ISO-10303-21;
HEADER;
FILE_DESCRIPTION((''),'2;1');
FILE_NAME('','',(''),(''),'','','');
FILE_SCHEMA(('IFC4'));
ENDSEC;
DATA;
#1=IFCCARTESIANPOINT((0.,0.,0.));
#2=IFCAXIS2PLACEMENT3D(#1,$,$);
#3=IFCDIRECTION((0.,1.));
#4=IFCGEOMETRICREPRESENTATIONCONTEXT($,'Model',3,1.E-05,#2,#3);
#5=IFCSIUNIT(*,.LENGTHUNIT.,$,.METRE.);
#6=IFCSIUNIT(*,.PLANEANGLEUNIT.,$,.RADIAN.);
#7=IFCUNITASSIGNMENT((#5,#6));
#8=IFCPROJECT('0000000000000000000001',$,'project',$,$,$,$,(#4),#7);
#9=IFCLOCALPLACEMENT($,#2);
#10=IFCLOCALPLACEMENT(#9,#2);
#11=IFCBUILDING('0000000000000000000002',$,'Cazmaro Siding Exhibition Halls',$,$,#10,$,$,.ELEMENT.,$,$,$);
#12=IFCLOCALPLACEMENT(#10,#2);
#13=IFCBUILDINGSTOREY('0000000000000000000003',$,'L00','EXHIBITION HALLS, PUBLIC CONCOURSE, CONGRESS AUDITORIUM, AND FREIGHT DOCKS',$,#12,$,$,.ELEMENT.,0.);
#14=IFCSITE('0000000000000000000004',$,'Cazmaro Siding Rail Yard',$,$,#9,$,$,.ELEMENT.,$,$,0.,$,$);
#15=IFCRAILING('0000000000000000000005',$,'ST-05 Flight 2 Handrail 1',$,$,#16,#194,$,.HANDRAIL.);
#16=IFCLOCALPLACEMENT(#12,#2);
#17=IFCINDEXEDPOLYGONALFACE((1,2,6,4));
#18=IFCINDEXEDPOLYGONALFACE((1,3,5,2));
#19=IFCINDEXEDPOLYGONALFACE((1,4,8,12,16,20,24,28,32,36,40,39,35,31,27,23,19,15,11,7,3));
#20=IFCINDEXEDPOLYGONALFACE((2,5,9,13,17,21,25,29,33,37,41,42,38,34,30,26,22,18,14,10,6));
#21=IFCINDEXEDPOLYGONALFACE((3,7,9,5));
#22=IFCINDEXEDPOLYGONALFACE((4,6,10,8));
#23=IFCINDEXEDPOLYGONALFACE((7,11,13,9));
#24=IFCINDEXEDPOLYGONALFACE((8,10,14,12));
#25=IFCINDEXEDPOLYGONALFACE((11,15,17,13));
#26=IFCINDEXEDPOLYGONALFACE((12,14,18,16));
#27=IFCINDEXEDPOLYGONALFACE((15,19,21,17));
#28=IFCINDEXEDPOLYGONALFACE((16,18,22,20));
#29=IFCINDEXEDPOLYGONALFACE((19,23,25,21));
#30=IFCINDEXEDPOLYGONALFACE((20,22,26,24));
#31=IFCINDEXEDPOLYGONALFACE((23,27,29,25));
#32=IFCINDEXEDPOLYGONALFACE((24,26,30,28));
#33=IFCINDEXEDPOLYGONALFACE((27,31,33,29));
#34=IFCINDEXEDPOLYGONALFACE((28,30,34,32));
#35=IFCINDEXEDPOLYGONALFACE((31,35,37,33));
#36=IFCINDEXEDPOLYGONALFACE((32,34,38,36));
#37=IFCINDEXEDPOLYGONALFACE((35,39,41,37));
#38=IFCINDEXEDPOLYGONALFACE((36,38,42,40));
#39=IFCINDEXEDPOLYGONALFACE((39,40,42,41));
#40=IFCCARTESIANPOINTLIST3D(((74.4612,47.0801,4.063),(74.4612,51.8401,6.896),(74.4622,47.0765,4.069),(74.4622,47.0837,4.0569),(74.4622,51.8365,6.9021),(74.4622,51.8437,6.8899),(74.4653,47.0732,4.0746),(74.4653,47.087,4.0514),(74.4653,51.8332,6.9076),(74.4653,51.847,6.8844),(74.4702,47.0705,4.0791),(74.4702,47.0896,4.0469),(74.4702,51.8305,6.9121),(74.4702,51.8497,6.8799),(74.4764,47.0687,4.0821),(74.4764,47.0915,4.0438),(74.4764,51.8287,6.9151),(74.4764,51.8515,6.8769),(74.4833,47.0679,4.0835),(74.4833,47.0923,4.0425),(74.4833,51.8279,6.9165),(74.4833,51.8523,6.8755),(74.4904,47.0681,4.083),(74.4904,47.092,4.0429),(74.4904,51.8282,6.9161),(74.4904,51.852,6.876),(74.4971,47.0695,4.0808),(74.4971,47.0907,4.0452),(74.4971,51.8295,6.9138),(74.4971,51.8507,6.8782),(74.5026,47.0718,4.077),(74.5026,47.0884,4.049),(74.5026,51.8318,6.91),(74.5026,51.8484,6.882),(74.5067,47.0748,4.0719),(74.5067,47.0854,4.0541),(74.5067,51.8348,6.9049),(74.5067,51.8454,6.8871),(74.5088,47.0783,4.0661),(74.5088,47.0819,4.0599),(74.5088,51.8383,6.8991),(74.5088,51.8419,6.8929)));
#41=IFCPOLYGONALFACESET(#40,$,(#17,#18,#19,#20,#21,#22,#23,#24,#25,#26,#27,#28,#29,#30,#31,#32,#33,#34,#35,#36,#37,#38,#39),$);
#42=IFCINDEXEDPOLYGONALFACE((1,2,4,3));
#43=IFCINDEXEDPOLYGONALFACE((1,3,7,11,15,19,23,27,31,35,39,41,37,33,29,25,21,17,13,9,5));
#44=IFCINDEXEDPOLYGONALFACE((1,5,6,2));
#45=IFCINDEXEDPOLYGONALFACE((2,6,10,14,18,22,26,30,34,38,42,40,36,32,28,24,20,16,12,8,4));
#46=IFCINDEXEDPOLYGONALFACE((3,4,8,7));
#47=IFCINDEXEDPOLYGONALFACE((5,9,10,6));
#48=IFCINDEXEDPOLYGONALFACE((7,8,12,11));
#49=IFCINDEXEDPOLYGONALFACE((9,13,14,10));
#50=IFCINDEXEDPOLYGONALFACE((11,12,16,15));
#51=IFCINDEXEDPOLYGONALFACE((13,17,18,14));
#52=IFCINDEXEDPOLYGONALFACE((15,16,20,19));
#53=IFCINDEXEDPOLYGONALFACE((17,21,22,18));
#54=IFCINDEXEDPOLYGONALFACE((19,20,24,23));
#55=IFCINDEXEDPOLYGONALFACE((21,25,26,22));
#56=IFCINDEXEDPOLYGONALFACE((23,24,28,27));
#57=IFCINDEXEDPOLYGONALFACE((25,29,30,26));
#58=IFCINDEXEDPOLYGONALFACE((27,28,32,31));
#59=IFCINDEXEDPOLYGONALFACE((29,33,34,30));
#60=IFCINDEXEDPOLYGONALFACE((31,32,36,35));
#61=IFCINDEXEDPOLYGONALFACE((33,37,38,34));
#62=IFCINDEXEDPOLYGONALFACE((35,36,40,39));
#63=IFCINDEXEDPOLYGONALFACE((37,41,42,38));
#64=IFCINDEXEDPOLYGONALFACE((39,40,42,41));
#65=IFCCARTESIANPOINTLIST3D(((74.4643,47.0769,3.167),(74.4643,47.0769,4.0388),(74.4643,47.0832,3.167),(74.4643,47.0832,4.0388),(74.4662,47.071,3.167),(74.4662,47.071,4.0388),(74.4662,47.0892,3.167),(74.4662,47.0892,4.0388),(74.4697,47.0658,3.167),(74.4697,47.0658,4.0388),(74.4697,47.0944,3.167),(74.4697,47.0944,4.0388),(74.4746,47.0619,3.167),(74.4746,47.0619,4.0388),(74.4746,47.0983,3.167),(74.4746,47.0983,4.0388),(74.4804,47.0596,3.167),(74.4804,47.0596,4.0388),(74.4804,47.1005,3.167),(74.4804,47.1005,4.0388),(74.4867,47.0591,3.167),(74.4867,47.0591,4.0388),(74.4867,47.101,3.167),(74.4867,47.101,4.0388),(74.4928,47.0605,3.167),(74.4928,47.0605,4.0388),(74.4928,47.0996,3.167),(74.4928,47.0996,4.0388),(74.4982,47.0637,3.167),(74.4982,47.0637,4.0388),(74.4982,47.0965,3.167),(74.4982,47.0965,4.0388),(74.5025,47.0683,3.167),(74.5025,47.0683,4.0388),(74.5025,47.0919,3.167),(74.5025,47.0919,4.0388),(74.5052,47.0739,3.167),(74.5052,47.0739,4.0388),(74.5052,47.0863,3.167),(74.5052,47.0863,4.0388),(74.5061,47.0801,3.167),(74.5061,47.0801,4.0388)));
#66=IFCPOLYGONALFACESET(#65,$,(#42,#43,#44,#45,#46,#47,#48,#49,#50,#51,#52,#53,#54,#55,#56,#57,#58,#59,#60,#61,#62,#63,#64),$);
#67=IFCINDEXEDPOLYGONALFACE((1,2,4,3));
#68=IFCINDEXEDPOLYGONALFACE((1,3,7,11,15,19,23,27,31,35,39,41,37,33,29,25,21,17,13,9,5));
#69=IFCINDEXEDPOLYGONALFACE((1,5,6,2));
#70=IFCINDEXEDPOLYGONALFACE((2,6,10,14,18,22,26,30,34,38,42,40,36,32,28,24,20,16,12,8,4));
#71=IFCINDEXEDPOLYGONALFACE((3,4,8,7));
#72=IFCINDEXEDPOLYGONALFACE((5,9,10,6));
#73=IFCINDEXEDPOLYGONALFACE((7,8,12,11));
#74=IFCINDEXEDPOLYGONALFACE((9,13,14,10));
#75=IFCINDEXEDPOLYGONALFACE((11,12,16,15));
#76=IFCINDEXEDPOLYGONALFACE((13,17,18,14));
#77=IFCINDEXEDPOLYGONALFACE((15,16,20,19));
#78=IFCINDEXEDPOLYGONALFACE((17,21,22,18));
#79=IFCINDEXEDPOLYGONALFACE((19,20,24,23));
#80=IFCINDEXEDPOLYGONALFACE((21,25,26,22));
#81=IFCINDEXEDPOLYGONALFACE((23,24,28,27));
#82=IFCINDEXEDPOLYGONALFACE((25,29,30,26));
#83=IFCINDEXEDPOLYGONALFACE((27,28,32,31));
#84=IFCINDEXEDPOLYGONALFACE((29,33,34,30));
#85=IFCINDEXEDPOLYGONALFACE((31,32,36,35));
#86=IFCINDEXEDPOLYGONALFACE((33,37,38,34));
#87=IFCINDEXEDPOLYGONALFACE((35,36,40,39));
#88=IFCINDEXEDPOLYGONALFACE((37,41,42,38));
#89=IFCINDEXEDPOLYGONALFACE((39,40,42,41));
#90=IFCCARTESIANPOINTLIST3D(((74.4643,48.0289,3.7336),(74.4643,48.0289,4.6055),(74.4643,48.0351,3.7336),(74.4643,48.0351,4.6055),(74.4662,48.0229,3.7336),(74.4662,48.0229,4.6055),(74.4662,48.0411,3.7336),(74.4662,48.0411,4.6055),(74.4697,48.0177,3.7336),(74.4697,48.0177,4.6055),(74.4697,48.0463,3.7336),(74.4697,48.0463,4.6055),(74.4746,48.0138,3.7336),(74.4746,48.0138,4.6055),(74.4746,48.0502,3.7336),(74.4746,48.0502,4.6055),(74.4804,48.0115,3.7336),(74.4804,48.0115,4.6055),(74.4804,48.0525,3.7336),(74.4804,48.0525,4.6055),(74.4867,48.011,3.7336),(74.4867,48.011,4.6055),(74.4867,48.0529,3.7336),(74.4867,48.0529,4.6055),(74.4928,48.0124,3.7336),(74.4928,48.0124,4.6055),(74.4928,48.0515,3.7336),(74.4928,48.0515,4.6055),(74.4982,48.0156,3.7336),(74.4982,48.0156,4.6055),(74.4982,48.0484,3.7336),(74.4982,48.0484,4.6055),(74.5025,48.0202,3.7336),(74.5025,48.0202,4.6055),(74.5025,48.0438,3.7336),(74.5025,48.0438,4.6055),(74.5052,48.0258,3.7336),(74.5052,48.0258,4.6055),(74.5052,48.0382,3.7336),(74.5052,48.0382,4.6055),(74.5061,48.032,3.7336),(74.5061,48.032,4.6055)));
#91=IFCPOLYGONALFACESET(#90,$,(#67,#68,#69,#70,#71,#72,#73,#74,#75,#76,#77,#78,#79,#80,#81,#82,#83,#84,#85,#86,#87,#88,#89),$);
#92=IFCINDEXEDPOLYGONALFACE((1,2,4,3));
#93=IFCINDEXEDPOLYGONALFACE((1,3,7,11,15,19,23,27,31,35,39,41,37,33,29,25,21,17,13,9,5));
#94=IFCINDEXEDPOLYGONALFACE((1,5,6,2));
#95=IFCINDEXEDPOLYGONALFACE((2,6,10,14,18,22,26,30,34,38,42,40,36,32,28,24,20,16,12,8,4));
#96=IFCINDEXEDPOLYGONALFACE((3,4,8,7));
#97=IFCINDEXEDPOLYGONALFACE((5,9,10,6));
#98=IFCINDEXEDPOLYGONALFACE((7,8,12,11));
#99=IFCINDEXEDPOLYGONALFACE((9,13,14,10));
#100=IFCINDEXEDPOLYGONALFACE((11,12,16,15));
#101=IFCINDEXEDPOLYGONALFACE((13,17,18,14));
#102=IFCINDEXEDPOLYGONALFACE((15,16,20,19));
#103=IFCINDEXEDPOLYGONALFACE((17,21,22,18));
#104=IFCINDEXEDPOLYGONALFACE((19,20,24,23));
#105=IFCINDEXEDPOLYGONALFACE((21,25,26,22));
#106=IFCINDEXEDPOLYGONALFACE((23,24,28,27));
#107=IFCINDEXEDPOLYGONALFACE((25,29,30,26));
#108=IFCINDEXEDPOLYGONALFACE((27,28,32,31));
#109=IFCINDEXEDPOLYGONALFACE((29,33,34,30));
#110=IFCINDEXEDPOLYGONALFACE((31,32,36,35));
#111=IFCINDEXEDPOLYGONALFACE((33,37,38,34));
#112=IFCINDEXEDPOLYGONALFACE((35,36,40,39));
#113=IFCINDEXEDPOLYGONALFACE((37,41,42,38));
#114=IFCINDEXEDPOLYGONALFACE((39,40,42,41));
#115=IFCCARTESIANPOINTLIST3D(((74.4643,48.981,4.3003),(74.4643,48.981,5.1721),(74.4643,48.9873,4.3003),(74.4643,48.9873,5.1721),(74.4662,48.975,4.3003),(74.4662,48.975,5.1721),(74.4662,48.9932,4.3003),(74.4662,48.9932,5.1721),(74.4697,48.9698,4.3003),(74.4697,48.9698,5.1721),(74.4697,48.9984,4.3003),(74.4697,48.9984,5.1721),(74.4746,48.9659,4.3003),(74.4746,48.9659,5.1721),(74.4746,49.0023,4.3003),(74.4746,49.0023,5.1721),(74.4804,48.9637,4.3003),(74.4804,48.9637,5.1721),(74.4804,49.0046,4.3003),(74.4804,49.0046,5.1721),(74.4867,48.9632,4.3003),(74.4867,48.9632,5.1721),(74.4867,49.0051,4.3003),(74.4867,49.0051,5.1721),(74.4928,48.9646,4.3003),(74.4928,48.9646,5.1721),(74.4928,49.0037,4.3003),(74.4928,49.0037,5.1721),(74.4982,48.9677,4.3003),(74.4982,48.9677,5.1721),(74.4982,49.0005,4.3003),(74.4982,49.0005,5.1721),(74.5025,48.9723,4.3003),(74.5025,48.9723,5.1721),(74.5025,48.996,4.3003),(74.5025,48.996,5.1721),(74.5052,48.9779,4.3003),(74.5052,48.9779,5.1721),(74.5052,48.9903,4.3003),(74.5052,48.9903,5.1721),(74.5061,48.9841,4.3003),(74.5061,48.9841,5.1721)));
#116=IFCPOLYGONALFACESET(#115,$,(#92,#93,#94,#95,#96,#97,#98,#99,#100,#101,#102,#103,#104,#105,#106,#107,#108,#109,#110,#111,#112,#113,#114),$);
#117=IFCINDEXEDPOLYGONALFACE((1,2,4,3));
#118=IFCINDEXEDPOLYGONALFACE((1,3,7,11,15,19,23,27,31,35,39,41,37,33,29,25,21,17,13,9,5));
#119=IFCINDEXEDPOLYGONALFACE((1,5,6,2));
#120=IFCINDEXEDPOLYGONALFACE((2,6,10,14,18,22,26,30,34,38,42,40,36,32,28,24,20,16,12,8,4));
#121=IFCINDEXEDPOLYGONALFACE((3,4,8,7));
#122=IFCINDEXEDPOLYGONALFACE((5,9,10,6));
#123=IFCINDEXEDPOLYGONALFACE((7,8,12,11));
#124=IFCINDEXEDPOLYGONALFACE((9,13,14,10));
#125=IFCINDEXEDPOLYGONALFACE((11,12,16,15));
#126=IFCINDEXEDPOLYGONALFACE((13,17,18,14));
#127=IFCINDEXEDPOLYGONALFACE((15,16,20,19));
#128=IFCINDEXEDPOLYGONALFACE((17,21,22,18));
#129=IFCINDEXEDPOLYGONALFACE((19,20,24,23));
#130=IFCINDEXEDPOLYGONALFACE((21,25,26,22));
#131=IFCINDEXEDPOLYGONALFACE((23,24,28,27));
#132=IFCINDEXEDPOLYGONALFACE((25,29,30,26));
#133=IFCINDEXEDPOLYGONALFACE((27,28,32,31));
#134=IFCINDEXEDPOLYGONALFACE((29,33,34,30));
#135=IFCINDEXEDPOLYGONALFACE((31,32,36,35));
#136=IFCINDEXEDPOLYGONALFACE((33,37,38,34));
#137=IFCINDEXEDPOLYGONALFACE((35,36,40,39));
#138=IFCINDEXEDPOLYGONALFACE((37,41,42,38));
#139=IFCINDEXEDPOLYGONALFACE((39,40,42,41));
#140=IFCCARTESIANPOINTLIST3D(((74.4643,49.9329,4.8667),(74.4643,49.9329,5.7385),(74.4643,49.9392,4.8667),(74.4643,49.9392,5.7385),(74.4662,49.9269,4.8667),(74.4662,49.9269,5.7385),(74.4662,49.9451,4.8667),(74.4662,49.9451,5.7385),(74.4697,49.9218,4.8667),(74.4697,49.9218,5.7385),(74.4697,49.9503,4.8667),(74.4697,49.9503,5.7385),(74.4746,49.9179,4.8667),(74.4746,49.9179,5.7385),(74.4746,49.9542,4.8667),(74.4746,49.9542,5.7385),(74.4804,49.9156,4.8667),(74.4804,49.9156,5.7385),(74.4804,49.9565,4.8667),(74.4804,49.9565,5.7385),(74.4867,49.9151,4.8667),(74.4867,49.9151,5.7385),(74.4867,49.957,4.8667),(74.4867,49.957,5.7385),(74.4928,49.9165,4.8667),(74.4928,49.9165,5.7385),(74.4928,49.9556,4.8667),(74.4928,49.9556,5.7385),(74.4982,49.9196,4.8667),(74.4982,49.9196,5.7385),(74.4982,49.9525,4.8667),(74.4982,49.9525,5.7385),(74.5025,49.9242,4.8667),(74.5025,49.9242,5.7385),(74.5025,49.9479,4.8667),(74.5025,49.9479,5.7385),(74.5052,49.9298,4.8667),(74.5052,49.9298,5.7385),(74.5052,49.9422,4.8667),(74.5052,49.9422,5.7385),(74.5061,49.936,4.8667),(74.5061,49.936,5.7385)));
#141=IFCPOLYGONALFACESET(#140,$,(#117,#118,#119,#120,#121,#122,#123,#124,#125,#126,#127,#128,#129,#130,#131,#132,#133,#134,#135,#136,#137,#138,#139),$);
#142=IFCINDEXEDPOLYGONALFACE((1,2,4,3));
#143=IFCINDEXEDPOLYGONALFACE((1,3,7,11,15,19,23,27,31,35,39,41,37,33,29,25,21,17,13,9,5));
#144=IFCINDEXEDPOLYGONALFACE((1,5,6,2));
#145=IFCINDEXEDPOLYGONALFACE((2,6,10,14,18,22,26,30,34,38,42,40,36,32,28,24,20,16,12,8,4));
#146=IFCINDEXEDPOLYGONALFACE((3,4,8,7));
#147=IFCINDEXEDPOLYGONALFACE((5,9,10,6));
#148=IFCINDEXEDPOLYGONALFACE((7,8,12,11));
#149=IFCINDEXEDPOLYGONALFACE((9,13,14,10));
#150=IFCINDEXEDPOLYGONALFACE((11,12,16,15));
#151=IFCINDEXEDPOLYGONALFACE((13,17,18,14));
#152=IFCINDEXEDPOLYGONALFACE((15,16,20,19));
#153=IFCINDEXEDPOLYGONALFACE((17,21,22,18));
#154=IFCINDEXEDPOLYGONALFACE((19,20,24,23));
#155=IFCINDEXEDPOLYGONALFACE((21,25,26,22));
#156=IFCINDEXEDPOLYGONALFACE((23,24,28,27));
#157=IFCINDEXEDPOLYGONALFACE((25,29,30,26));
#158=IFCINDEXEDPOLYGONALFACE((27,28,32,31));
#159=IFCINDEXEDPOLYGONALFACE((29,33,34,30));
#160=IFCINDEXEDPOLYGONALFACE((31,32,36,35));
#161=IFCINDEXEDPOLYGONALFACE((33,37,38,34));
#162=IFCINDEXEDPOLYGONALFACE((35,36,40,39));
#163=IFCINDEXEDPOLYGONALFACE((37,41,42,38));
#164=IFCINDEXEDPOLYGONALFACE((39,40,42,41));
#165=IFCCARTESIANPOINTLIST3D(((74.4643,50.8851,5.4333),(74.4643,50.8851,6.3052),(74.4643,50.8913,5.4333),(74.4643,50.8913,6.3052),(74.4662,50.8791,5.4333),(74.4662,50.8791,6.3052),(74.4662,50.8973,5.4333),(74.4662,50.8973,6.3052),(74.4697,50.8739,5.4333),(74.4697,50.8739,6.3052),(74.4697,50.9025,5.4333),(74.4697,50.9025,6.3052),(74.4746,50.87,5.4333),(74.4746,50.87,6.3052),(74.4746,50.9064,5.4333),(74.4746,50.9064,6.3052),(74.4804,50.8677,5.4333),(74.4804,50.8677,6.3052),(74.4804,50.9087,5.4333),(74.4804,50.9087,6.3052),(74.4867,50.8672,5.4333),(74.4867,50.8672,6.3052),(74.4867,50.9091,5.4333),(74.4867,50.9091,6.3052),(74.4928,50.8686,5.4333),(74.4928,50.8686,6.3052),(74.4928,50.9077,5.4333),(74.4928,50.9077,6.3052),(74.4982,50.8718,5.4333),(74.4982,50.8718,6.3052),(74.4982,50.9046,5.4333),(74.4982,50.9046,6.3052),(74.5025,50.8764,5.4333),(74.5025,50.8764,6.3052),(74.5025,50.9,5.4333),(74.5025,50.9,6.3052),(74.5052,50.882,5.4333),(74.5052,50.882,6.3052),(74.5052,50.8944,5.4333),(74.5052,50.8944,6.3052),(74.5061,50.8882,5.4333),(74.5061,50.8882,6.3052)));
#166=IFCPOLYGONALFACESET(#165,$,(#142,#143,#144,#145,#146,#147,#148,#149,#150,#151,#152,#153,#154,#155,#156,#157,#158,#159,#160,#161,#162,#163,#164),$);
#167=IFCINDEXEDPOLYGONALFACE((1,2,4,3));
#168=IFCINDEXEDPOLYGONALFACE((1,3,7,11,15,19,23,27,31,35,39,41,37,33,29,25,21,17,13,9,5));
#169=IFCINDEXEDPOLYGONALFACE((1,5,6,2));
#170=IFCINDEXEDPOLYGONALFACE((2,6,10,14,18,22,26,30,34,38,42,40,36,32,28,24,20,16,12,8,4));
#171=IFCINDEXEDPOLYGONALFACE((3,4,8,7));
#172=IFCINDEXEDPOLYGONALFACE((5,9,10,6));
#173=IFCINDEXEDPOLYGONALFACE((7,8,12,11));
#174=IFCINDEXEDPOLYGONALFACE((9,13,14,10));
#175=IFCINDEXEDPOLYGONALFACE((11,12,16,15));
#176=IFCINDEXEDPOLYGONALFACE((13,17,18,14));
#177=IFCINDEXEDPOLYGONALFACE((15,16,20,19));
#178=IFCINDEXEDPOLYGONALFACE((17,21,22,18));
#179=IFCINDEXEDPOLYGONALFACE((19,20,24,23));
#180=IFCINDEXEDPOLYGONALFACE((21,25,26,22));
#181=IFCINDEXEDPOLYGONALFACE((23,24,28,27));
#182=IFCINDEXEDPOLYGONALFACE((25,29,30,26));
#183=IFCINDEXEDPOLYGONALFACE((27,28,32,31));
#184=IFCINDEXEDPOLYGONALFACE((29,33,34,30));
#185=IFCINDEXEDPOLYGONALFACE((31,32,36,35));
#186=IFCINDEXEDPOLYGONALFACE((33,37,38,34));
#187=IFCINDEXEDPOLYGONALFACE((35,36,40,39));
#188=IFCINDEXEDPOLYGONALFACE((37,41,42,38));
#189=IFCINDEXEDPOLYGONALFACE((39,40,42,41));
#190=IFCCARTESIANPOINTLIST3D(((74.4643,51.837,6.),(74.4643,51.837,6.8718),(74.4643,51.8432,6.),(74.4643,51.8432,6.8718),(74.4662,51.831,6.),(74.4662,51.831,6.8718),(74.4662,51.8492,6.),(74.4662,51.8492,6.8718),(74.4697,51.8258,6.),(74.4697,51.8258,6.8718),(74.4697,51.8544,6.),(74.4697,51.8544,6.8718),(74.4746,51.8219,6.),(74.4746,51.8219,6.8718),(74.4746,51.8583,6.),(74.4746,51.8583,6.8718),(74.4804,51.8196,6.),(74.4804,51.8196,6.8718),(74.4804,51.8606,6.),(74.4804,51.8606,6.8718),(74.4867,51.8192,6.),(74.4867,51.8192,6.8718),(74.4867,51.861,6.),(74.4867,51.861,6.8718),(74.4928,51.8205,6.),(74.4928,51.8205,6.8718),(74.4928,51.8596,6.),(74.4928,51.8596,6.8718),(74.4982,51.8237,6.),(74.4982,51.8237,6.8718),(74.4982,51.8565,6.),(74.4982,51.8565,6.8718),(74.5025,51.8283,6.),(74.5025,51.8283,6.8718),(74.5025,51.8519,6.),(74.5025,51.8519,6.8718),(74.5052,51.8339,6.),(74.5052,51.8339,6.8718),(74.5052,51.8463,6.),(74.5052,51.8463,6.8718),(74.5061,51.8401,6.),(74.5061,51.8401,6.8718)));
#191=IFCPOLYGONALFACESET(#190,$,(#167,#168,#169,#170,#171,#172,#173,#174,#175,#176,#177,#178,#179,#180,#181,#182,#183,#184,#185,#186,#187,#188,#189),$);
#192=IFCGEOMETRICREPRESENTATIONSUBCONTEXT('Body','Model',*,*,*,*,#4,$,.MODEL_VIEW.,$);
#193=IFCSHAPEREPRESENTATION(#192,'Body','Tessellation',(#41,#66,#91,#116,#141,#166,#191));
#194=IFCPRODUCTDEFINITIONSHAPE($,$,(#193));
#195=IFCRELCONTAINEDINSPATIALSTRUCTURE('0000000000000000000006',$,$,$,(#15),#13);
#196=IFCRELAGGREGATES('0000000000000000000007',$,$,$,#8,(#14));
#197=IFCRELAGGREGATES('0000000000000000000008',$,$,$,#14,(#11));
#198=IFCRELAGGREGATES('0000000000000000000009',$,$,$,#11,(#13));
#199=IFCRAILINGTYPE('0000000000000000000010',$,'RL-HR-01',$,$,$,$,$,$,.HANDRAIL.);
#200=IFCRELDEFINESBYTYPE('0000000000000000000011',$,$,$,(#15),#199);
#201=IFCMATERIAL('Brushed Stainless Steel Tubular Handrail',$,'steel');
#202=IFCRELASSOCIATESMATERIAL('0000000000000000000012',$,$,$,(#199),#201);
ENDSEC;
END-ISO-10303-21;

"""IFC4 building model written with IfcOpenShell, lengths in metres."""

from ifc_helpers import new_model, si_unit, direction, frame, origin, origin_2d, place, context, subcontext, project, spatial, circle, extrude, material, type_object, element, save


model = new_model("IFC4")

# Units and contexts
model_context = context("Model", 3, precision=1e-05, world=origin(), true_north=direction((0.0, 1.0)))
body_context = subcontext(model_context, "Body", "Model", "MODEL_VIEW")
ifc_project = project(units=[si_unit("LENGTHUNIT", "METRE"), si_unit("PLANEANGLEUNIT", "RADIAN")], contexts=[model_context])

# Site, building, storey
site_placement = place(None, origin())
site = spatial("IfcSite", under=ifc_project, at=site_placement, Name="Cazmaro Siding Rail Yard", CompositionType="ELEMENT", RefElevation=0.0)
building_placement = place(site_placement, origin())
building = spatial("IfcBuilding", under=site, at=building_placement, Name="Cazmaro Siding Exhibition Halls", CompositionType="ELEMENT")
storey_placement = place(building_placement, origin())
storey = spatial("IfcBuildingStorey", under=building, at=storey_placement, Name="L00", Description="EXHIBITION HALLS, PUBLIC CONCOURSE, CONGRESS AUDITORIUM, AND FREIGHT DOCKS", CompositionType="ELEMENT", Elevation=0.0)

# Railing
ifc_material_1 = material(Name="Brushed Stainless Steel Tubular Handrail", Category="steel")
railing_type_1 = type_object("IfcRailingType", Name="RL-HR-01", PredefinedType="HANDRAIL", material=ifc_material_1)
railing_1_placement = place(storey_placement, frame((74.4851, 47.0801, 3.167)))
element("IfcRailing", 1, at=railing_1_placement, inside=storey, type_object=railing_type_1, Name="ST-05 Flight 2 Handrail 1", PredefinedType="HANDRAIL", context=body_context, shape_type="SweptSolid", body=[
    extrude(circle(Radius=0.0239, at=origin_2d()), frame((0.0, 0.0, 0.896), z_axis=(0.0, 0.859319, 0.51144), x_axis=(-1.0, 0.0, 0.0)), (0.0, 0.0, 1.0), 5.5393),
    extrude(circle(Radius=0.021, at=origin_2d()), origin(), (0.0, 0.0, 1.0), 0.8718),
    extrude(circle(Radius=0.021, at=origin_2d()), frame((0.0, 0.9519, 0.5667)), (0.0, 0.0, 1.0), 0.8718),
    extrude(circle(Radius=0.021, at=origin_2d()), frame((0.0, 1.9041, 1.1333)), (0.0, 0.0, 1.0), 0.8718),
    extrude(circle(Radius=0.021, at=origin_2d()), frame((0.0, 2.856, 1.6997)), (0.0, 0.0, 1.0), 0.8718),
    extrude(circle(Radius=0.021, at=origin_2d()), frame((0.0, 3.8081, 2.2664)), (0.0, 0.0, 1.0), 0.8718),
    extrude(circle(Radius=0.021, at=origin_2d()), frame((0.0, 4.76, 2.833)), (0.0, 0.0, 1.0), 0.8718),
])

save(model, "model.ifc")
